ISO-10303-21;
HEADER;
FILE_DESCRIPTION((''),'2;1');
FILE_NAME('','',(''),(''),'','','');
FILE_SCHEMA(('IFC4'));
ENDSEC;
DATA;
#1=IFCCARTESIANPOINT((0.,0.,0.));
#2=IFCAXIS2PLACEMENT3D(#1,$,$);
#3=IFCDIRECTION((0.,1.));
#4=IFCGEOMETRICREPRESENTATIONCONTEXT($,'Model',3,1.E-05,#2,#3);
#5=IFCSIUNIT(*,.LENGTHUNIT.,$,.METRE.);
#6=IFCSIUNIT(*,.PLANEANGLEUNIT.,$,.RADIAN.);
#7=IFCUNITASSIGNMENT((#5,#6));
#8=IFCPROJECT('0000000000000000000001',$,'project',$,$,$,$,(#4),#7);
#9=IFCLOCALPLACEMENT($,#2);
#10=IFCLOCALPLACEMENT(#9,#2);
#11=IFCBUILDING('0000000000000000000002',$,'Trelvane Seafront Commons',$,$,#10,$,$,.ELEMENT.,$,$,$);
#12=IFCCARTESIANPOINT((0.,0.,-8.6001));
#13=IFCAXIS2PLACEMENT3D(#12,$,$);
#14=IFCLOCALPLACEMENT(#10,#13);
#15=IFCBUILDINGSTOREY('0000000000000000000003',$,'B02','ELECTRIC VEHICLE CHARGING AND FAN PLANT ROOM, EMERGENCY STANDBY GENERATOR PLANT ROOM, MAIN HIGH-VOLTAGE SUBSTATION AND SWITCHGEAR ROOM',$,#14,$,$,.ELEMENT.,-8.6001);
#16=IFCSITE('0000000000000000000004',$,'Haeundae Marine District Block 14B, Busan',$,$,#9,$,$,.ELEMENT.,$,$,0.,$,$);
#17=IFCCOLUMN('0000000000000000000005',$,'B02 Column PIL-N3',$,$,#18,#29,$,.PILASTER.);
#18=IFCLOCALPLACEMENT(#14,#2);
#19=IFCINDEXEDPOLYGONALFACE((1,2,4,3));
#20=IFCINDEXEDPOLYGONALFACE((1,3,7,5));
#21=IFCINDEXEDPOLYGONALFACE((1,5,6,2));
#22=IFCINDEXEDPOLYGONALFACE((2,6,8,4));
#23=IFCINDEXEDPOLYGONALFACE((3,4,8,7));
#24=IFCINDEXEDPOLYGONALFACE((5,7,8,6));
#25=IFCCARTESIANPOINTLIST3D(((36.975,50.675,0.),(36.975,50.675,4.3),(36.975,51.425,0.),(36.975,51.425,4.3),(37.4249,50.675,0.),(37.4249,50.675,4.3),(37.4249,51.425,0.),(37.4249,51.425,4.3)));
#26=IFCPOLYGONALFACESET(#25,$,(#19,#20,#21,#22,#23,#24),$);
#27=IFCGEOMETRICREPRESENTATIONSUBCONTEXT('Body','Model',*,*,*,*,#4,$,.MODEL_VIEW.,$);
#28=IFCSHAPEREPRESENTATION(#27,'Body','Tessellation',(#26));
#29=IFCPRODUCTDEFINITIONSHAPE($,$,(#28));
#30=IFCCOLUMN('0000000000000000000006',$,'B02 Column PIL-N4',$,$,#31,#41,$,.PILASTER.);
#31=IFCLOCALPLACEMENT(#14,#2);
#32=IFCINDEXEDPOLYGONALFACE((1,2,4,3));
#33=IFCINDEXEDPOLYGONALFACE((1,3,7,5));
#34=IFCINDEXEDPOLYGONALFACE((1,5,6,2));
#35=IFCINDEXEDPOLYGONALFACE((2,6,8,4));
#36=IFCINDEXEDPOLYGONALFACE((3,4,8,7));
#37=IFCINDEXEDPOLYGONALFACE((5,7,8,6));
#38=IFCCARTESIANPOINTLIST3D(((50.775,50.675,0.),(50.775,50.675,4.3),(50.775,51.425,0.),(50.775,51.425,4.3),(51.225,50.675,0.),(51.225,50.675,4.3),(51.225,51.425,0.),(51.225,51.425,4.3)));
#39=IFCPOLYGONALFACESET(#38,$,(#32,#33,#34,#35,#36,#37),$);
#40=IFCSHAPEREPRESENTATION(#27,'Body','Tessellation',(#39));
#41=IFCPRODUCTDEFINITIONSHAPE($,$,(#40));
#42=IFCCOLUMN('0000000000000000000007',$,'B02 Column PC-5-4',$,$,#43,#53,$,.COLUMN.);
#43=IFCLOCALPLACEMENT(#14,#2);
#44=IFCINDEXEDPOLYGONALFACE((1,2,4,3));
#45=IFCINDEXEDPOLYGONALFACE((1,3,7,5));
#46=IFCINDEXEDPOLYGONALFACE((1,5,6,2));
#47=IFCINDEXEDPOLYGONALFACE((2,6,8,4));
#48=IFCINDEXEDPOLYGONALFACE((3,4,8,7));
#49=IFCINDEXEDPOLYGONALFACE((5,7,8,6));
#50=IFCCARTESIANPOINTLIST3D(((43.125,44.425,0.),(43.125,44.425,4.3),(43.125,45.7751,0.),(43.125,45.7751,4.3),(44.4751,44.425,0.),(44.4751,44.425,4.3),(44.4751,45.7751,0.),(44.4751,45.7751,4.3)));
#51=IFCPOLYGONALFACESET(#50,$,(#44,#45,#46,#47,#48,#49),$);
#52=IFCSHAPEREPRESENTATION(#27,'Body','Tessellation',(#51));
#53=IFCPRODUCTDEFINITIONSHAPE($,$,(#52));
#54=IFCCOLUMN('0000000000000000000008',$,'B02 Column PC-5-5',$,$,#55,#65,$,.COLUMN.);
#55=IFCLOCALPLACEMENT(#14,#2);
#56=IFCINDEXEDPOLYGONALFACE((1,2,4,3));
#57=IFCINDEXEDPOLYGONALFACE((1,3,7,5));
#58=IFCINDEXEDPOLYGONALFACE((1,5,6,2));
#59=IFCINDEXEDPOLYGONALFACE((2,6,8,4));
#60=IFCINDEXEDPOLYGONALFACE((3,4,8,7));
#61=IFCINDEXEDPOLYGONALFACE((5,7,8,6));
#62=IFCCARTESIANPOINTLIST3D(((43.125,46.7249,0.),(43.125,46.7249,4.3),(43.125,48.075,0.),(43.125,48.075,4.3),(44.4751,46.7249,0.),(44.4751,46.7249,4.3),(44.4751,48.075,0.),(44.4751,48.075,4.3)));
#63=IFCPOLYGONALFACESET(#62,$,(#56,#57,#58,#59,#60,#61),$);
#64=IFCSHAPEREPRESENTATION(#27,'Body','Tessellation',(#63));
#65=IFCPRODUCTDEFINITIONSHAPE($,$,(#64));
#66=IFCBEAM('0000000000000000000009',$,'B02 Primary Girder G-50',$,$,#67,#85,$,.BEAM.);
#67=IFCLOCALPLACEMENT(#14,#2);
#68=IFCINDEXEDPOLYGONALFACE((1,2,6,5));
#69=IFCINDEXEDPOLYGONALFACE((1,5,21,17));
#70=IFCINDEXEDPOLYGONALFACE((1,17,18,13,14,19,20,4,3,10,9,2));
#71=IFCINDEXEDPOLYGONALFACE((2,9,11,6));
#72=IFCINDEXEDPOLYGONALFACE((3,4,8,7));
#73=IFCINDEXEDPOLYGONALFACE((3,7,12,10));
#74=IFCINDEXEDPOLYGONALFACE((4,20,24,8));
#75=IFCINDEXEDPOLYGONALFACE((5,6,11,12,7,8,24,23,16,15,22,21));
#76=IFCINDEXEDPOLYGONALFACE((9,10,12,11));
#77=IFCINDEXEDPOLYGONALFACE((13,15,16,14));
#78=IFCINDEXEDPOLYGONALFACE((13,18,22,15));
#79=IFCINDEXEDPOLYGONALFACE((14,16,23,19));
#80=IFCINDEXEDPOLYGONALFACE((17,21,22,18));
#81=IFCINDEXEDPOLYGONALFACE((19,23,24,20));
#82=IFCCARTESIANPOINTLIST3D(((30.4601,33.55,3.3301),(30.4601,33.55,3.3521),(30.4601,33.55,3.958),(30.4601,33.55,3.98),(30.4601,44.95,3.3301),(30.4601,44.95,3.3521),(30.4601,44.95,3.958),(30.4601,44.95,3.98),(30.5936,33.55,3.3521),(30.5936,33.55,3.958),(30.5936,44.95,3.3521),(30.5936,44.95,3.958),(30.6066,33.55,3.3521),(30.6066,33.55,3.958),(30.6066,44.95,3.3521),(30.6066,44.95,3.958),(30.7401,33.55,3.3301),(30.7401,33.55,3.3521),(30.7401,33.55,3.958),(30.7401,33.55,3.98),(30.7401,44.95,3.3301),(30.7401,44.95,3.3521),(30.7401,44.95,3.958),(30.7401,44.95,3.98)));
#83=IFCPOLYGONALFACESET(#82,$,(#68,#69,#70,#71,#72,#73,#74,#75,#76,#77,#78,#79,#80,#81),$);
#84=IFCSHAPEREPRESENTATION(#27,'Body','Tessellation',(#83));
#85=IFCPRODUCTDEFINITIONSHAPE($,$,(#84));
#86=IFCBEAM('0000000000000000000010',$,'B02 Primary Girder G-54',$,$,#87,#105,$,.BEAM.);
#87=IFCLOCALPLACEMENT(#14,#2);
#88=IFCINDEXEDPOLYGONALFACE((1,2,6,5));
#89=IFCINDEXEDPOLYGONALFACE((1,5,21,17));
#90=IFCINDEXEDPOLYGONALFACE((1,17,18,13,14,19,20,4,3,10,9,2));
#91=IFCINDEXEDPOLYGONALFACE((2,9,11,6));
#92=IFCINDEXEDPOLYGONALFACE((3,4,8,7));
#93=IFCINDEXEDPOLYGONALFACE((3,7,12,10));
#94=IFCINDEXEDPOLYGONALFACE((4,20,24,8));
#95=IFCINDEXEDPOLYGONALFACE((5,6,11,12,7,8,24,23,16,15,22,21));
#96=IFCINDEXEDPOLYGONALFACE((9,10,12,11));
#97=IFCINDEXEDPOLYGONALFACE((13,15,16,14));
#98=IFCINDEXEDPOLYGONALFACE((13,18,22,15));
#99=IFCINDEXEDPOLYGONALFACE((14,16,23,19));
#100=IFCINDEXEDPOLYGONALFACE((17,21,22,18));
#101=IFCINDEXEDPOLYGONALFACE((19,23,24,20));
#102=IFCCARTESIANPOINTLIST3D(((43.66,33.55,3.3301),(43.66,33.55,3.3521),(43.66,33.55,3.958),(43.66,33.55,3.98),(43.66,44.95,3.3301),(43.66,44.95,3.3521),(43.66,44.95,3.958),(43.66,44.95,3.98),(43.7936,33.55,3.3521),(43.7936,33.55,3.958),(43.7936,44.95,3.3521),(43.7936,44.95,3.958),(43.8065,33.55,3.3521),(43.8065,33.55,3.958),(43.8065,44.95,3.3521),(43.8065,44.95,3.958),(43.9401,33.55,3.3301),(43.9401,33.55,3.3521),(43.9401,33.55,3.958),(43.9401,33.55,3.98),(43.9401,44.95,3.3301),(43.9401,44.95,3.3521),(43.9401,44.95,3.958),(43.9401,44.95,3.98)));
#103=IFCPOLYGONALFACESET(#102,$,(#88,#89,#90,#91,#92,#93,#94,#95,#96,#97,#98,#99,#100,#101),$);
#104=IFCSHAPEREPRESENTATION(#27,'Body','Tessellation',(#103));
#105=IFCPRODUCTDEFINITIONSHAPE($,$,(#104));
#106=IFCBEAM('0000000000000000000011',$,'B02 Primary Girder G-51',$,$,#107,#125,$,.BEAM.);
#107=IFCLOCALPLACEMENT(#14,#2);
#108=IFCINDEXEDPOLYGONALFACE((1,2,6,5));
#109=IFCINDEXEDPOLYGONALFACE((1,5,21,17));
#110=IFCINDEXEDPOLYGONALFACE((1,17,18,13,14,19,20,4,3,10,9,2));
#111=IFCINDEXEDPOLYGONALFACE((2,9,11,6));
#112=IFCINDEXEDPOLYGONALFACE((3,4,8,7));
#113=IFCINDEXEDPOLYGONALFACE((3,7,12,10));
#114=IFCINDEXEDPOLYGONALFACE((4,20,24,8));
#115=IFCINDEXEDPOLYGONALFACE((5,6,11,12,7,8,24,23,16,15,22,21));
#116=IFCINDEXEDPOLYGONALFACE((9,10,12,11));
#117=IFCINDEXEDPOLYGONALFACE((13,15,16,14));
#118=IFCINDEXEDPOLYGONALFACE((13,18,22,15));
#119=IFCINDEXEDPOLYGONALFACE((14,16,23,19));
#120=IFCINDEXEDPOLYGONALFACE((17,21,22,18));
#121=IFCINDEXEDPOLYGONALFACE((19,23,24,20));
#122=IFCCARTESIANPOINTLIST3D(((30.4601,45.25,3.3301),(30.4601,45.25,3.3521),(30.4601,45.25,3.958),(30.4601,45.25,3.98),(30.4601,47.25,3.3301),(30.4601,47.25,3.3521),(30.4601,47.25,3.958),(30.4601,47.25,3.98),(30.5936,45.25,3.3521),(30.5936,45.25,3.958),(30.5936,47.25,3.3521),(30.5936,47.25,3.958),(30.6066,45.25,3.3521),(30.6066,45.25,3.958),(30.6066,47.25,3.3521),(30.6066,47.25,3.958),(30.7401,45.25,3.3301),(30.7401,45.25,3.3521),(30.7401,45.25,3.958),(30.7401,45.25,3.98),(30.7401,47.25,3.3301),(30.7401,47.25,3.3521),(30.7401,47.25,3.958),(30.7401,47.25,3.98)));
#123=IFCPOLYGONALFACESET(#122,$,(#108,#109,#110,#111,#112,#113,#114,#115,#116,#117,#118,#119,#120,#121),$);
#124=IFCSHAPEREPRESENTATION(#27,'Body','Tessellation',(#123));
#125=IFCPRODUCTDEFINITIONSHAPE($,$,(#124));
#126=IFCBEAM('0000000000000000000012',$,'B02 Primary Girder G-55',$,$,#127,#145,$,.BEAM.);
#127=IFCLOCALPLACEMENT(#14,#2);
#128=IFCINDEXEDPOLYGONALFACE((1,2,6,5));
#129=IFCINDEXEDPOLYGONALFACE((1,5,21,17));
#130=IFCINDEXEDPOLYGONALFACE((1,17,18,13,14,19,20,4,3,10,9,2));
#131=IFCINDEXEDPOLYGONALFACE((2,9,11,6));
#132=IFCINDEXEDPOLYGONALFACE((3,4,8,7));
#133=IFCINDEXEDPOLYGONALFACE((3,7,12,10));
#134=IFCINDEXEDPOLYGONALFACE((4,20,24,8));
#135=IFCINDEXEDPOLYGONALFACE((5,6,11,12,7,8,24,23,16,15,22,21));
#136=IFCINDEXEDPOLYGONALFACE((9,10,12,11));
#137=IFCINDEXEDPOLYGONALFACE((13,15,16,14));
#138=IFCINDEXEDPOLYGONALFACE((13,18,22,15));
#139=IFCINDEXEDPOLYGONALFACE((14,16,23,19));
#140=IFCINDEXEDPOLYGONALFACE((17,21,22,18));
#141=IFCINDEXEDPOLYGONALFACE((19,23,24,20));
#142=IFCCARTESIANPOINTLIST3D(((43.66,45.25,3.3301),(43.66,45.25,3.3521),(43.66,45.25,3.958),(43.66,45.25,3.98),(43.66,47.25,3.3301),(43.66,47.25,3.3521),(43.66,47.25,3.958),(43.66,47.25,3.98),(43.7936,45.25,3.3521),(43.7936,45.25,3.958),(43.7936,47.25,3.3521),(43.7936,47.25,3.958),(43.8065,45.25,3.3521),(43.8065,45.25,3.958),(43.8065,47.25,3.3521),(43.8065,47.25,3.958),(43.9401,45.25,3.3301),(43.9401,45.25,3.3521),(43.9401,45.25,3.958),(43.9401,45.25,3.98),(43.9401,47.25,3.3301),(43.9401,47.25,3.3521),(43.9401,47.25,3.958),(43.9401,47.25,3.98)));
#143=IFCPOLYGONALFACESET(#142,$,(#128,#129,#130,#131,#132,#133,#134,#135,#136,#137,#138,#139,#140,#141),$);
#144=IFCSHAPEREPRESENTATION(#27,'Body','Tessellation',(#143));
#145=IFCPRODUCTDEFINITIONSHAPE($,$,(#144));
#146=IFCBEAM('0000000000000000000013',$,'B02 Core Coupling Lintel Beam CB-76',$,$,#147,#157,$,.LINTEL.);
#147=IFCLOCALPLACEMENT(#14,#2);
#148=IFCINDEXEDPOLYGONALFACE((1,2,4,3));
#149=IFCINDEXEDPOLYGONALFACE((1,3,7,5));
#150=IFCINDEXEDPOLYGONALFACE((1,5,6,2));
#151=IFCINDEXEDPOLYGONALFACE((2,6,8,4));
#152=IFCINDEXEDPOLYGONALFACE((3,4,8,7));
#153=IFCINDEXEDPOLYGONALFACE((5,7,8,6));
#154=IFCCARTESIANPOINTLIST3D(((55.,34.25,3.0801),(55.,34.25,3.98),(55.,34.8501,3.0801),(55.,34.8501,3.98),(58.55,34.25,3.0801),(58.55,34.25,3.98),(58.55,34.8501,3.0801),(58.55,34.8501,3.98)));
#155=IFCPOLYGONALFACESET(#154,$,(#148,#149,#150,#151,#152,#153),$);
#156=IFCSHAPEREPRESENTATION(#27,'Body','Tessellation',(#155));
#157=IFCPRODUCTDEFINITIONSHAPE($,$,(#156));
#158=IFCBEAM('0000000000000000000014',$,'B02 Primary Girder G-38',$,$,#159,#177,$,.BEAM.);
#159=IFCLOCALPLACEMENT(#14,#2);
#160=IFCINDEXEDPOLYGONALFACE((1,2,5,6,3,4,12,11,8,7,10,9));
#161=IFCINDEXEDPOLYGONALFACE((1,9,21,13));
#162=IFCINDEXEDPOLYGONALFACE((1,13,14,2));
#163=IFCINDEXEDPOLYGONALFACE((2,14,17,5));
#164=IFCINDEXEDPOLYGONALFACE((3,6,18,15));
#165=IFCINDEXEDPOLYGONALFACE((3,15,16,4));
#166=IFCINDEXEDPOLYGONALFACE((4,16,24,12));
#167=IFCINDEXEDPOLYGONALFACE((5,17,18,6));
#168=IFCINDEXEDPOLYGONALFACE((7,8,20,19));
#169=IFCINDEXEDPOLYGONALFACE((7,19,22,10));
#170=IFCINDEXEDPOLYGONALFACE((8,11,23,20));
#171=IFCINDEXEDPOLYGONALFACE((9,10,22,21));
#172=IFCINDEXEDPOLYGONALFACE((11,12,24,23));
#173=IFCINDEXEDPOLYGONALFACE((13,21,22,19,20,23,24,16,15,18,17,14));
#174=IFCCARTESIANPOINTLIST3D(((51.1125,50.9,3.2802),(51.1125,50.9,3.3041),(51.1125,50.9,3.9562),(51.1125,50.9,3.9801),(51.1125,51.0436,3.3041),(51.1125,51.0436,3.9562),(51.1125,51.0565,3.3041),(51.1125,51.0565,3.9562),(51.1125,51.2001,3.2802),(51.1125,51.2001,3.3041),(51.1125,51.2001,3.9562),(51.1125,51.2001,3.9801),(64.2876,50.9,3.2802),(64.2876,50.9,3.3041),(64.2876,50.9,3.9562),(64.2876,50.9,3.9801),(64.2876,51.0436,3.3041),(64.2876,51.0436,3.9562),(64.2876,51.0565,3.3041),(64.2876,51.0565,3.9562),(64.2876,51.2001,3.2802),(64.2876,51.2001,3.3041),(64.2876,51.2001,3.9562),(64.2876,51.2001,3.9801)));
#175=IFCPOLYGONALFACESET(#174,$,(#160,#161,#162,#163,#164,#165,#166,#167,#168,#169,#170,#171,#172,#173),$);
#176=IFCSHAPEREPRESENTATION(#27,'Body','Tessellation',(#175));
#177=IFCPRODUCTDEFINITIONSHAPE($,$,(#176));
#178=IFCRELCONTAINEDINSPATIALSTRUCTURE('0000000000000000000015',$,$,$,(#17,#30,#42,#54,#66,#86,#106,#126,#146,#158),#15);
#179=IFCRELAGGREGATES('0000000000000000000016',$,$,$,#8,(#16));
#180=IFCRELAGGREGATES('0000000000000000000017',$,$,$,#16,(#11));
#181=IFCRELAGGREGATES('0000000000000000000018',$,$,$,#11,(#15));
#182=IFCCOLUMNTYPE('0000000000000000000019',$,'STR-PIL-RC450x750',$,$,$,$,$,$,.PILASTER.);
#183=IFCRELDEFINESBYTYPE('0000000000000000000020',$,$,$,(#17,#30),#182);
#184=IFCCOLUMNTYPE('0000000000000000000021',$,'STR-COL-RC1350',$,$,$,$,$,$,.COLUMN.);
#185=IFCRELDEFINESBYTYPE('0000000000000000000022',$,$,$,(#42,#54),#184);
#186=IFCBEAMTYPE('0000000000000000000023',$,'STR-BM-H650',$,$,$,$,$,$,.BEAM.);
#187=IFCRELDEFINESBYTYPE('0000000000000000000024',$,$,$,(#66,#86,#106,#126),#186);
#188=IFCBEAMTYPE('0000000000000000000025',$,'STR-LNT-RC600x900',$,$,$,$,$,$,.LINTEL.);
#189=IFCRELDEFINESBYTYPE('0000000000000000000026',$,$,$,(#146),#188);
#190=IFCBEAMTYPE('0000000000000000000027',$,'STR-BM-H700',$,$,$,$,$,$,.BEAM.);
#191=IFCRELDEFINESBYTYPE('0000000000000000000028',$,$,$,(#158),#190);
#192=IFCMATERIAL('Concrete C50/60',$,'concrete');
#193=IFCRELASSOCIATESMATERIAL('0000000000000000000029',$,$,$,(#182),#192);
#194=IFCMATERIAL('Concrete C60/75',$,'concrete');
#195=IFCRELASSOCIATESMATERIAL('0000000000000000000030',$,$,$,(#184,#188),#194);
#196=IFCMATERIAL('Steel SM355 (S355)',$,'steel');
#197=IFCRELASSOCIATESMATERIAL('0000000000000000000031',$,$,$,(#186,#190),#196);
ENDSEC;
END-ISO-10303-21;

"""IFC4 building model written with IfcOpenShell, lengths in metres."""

from ifc_helpers import new_model, si_unit, direction, frame, origin, origin_2d, place, context, subcontext, project, spatial, rectangle, i_section, extrude, source, transform, mapped, material, material_profile, profile_set, type_object, element, save


model = new_model("IFC4")

# Units and contexts
model_context = context("Model", 3, precision=1e-05, world=origin(), true_north=direction((0.0, 1.0)))
body_context = subcontext(model_context, "Body", "Model", "MODEL_VIEW")
ifc_project = project(units=[si_unit("LENGTHUNIT", "METRE"), si_unit("PLANEANGLEUNIT", "RADIAN")], contexts=[model_context])

# Site, building, storey
site_placement = place(None, origin())
site = spatial("IfcSite", under=ifc_project, at=site_placement, Name="Haeundae Marine District Block 14B, Busan", CompositionType="ELEMENT", RefElevation=0.0)
building_placement = place(site_placement, origin())
building = spatial("IfcBuilding", under=site, at=building_placement, Name="Trelvane Seafront Commons", CompositionType="ELEMENT")
storey_placement = place(building_placement, frame((0.0, 0.0, -8.6001)))
storey = spatial("IfcBuildingStorey", under=building, at=storey_placement, Name="B02", Description="ELECTRIC VEHICLE CHARGING AND FAN PLANT ROOM, EMERGENCY STANDBY GENERATOR PLANT ROOM, MAIN HIGH-VOLTAGE SUBSTATION AND SWITCHGEAR ROOM", CompositionType="ELEMENT", Elevation=-8.6001)

# Columns
ifc_material_1 = material(Name="Concrete C50/60", Category="concrete")
ifc_material_profile_1 = material_profile(ifc_material_1, rectangle(XDim=0.45, YDim=0.75, at=origin_2d()), Name="RC-450x750")
ifc_profile_set_1 = profile_set([ifc_material_profile_1], Name="Concrete C50/60")
column_type_1 = type_object("IfcColumnType", Name="STR-PIL-RC450x750", PredefinedType="PILASTER", material=ifc_profile_set_1)
shared_shape_1 = source(origin(), body_context, "Body", "SweptSolid", [
    extrude(rectangle(XDim=0.45, YDim=0.75, at=origin_2d()), origin(), (0.0, 0.0, 1.0), 4.3),
])
for number, where, z_axis, x_axis, name in (
    (1, (37.2, 51.05, 0.0), (0.0, 0.0, 1.0), (1.0, 0.0, 0.0), "B02 Column PIL-N3"),
    (2, (51.0, 51.05, 0.0), (0.0, 0.0, 1.0), (1.0, 0.0, 0.0), "B02 Column PIL-N4"),
):
    element("IfcColumn", number, at=place(storey_placement, frame(where, z_axis=z_axis, x_axis=x_axis)), inside=storey, type_object=column_type_1, Name=name, PredefinedType="PILASTER", context=body_context, shape_type="MappedRepresentation", body=[
        mapped(shared_shape_1, transform((0.0, 0.0, 0.0), x_axis=(1.0, 0.0, 0.0), y_axis=(0.0, 1.0, 0.0), z_axis=(0.0, 0.0, 1.0), scale=1.0)),
    ])
ifc_material_2 = material(Name="Concrete C60/75", Category="concrete")
ifc_material_profile_2 = material_profile(ifc_material_2, rectangle(XDim=1.3501, YDim=1.3501, at=origin_2d()), Name="RC-1350x1350")
ifc_profile_set_2 = profile_set([ifc_material_profile_2], Name="Concrete C60/75")
column_type_2 = type_object("IfcColumnType", Name="STR-COL-RC1350", PredefinedType="COLUMN", material=ifc_profile_set_2)
shared_shape_2 = source(origin(), body_context, "Body", "SweptSolid", [
    extrude(rectangle(XDim=1.3501, YDim=1.3501, at=origin_2d()), origin(), (0.0, 0.0, 1.0), 4.3),
])
for number, where, z_axis, x_axis, name in (
    (3, (43.8, 45.1001, 0.0), (0.0, 0.0, 1.0), (1.0, 0.0, 0.0), "B02 Column PC-5-4"),
    (4, (43.8, 47.3999, 0.0), (0.0, 0.0, 1.0), (1.0, 0.0, 0.0), "B02 Column PC-5-5"),
):
    element("IfcColumn", number, at=place(storey_placement, frame(where, z_axis=z_axis, x_axis=x_axis)), inside=storey, type_object=column_type_2, Name=name, PredefinedType="COLUMN", context=body_context, shape_type="MappedRepresentation", body=[
        mapped(shared_shape_2, transform((0.0, 0.0, 0.0), x_axis=(1.0, 0.0, 0.0), y_axis=(0.0, 1.0, 0.0), z_axis=(0.0, 0.0, 1.0), scale=1.0)),
    ])

# Beams
ifc_material_3 = material(Name="Steel SM355 (S355)", Category="steel")
ifc_material_profile_3 = material_profile(ifc_material_3, i_section(OverallWidth=0.28, OverallDepth=0.6499, WebThickness=0.0129, FlangeThickness=0.022, at=origin_2d()), Name="H-650x280x13x22")
ifc_profile_set_3 = profile_set([ifc_material_profile_3], Name="Steel SM355 (S355)")
beam_type_1 = type_object("IfcBeamType", Name="STR-BM-H650", PredefinedType="BEAM", material=ifc_profile_set_3)
shared_shape_3 = source(origin(), body_context, "Body", "SweptSolid", [
    extrude(i_section(OverallWidth=0.28, OverallDepth=0.6499, WebThickness=0.0129, FlangeThickness=0.022, at=origin_2d()), origin(), (0.0, 0.0, 1.0), 11.3999),
])
for number, where, z_axis, x_axis, name in (
    (5, (30.6001, 33.55, 3.655), (0.0, 1.0, 0.0), (-1.0, 0.0, 0.0), "B02 Primary Girder G-50"),
    (6, (43.8, 33.55, 3.655), (0.0, 1.0, 0.0), (-1.0, 0.0, 0.0), "B02 Primary Girder G-54"),
):
    element("IfcBeam", number, at=place(storey_placement, frame(where, z_axis=z_axis, x_axis=x_axis)), inside=storey, type_object=beam_type_1, Name=name, PredefinedType="BEAM", context=body_context, shape_type="MappedRepresentation", body=[
        mapped(shared_shape_3, transform((0.0, 0.0, 0.0), x_axis=(1.0, 0.0, 0.0), y_axis=(0.0, 1.0, 0.0), z_axis=(0.0, 0.0, 1.0), scale=1.0)),
    ])
shared_shape_4 = source(origin(), body_context, "Body", "SweptSolid", [
    extrude(i_section(OverallWidth=0.28, OverallDepth=0.6499, WebThickness=0.0129, FlangeThickness=0.022, at=origin_2d()), origin(), (0.0, 0.0, 1.0), 2.0),
])
for number, where, z_axis, x_axis, name in (
    (7, (30.6001, 45.25, 3.655), (0.0, 1.0, 0.0), (-1.0, 0.0, 0.0), "B02 Primary Girder G-51"),
    (8, (43.8, 45.25, 3.655), (0.0, 1.0, 0.0), (-1.0, 0.0, 0.0), "B02 Primary Girder G-55"),
):
    element("IfcBeam", number, at=place(storey_placement, frame(where, z_axis=z_axis, x_axis=x_axis)), inside=storey, type_object=beam_type_1, Name=name, PredefinedType="BEAM", context=body_context, shape_type="MappedRepresentation", body=[
        mapped(shared_shape_4, transform((0.0, 0.0, 0.0), x_axis=(1.0, 0.0, 0.0), y_axis=(0.0, 1.0, 0.0), z_axis=(0.0, 0.0, 1.0), scale=1.0)),
    ])
ifc_material_profile_4 = material_profile(ifc_material_2, rectangle(XDim=0.6001, YDim=0.8999, at=origin_2d()), Name="RC-600x900")
ifc_profile_set_4 = profile_set([ifc_material_profile_4], Name="Concrete C60/75")
beam_type_2 = type_object("IfcBeamType", Name="STR-LNT-RC600x900", PredefinedType="LINTEL", material=ifc_profile_set_4)
shared_shape_5 = source(origin(), body_context, "Body", "SweptSolid", [
    extrude(rectangle(XDim=0.6001, YDim=0.8999, at=origin_2d()), origin(), (0.0, 0.0, 1.0), 3.55),
])
beam_1_placement = place(storey_placement, frame((55.0, 34.55, 3.53), z_axis=(1.0, 0.0, 0.0), x_axis=(0.0, 1.0, 0.0)))
element("IfcBeam", 9, at=beam_1_placement, inside=storey, type_object=beam_type_2, Name="B02 Core Coupling Lintel Beam CB-76", PredefinedType="LINTEL", context=body_context, shape_type="MappedRepresentation", body=[
    mapped(shared_shape_5, transform((0.0, 0.0, 0.0), x_axis=(1.0, 0.0, 0.0), y_axis=(0.0, 1.0, 0.0), z_axis=(0.0, 0.0, 1.0), scale=1.0)),
])
ifc_material_profile_5 = material_profile(ifc_material_3, i_section(OverallWidth=0.3, OverallDepth=0.7, WebThickness=0.0129, FlangeThickness=0.0239, at=origin_2d()), Name="H-700x300x13x24")
ifc_profile_set_5 = profile_set([ifc_material_profile_5], Name="Steel SM355 (S355)")
beam_type_3 = type_object("IfcBeamType", Name="STR-BM-H700", PredefinedType="BEAM", material=ifc_profile_set_5)
shared_shape_6 = source(origin(), body_context, "Body", "SweptSolid", [
    extrude(i_section(OverallWidth=0.3, OverallDepth=0.7, WebThickness=0.0129, FlangeThickness=0.0239, at=origin_2d()), origin(), (0.0, 0.0, 1.0), 13.175),
])
beam_2_placement = place(storey_placement, frame((51.1125, 51.05, 3.6301), z_axis=(1.0, 0.0, 0.0), x_axis=(0.0, 1.0, 0.0)))
element("IfcBeam", 10, at=beam_2_placement, inside=storey, type_object=beam_type_3, Name="B02 Primary Girder G-38", PredefinedType="BEAM", context=body_context, shape_type="MappedRepresentation", body=[
    mapped(shared_shape_6, transform((0.0, 0.0, 0.0), x_axis=(1.0, 0.0, 0.0), y_axis=(0.0, 1.0, 0.0), z_axis=(0.0, 0.0, 1.0), scale=1.0)),
])

save(model, "model.ifc")
